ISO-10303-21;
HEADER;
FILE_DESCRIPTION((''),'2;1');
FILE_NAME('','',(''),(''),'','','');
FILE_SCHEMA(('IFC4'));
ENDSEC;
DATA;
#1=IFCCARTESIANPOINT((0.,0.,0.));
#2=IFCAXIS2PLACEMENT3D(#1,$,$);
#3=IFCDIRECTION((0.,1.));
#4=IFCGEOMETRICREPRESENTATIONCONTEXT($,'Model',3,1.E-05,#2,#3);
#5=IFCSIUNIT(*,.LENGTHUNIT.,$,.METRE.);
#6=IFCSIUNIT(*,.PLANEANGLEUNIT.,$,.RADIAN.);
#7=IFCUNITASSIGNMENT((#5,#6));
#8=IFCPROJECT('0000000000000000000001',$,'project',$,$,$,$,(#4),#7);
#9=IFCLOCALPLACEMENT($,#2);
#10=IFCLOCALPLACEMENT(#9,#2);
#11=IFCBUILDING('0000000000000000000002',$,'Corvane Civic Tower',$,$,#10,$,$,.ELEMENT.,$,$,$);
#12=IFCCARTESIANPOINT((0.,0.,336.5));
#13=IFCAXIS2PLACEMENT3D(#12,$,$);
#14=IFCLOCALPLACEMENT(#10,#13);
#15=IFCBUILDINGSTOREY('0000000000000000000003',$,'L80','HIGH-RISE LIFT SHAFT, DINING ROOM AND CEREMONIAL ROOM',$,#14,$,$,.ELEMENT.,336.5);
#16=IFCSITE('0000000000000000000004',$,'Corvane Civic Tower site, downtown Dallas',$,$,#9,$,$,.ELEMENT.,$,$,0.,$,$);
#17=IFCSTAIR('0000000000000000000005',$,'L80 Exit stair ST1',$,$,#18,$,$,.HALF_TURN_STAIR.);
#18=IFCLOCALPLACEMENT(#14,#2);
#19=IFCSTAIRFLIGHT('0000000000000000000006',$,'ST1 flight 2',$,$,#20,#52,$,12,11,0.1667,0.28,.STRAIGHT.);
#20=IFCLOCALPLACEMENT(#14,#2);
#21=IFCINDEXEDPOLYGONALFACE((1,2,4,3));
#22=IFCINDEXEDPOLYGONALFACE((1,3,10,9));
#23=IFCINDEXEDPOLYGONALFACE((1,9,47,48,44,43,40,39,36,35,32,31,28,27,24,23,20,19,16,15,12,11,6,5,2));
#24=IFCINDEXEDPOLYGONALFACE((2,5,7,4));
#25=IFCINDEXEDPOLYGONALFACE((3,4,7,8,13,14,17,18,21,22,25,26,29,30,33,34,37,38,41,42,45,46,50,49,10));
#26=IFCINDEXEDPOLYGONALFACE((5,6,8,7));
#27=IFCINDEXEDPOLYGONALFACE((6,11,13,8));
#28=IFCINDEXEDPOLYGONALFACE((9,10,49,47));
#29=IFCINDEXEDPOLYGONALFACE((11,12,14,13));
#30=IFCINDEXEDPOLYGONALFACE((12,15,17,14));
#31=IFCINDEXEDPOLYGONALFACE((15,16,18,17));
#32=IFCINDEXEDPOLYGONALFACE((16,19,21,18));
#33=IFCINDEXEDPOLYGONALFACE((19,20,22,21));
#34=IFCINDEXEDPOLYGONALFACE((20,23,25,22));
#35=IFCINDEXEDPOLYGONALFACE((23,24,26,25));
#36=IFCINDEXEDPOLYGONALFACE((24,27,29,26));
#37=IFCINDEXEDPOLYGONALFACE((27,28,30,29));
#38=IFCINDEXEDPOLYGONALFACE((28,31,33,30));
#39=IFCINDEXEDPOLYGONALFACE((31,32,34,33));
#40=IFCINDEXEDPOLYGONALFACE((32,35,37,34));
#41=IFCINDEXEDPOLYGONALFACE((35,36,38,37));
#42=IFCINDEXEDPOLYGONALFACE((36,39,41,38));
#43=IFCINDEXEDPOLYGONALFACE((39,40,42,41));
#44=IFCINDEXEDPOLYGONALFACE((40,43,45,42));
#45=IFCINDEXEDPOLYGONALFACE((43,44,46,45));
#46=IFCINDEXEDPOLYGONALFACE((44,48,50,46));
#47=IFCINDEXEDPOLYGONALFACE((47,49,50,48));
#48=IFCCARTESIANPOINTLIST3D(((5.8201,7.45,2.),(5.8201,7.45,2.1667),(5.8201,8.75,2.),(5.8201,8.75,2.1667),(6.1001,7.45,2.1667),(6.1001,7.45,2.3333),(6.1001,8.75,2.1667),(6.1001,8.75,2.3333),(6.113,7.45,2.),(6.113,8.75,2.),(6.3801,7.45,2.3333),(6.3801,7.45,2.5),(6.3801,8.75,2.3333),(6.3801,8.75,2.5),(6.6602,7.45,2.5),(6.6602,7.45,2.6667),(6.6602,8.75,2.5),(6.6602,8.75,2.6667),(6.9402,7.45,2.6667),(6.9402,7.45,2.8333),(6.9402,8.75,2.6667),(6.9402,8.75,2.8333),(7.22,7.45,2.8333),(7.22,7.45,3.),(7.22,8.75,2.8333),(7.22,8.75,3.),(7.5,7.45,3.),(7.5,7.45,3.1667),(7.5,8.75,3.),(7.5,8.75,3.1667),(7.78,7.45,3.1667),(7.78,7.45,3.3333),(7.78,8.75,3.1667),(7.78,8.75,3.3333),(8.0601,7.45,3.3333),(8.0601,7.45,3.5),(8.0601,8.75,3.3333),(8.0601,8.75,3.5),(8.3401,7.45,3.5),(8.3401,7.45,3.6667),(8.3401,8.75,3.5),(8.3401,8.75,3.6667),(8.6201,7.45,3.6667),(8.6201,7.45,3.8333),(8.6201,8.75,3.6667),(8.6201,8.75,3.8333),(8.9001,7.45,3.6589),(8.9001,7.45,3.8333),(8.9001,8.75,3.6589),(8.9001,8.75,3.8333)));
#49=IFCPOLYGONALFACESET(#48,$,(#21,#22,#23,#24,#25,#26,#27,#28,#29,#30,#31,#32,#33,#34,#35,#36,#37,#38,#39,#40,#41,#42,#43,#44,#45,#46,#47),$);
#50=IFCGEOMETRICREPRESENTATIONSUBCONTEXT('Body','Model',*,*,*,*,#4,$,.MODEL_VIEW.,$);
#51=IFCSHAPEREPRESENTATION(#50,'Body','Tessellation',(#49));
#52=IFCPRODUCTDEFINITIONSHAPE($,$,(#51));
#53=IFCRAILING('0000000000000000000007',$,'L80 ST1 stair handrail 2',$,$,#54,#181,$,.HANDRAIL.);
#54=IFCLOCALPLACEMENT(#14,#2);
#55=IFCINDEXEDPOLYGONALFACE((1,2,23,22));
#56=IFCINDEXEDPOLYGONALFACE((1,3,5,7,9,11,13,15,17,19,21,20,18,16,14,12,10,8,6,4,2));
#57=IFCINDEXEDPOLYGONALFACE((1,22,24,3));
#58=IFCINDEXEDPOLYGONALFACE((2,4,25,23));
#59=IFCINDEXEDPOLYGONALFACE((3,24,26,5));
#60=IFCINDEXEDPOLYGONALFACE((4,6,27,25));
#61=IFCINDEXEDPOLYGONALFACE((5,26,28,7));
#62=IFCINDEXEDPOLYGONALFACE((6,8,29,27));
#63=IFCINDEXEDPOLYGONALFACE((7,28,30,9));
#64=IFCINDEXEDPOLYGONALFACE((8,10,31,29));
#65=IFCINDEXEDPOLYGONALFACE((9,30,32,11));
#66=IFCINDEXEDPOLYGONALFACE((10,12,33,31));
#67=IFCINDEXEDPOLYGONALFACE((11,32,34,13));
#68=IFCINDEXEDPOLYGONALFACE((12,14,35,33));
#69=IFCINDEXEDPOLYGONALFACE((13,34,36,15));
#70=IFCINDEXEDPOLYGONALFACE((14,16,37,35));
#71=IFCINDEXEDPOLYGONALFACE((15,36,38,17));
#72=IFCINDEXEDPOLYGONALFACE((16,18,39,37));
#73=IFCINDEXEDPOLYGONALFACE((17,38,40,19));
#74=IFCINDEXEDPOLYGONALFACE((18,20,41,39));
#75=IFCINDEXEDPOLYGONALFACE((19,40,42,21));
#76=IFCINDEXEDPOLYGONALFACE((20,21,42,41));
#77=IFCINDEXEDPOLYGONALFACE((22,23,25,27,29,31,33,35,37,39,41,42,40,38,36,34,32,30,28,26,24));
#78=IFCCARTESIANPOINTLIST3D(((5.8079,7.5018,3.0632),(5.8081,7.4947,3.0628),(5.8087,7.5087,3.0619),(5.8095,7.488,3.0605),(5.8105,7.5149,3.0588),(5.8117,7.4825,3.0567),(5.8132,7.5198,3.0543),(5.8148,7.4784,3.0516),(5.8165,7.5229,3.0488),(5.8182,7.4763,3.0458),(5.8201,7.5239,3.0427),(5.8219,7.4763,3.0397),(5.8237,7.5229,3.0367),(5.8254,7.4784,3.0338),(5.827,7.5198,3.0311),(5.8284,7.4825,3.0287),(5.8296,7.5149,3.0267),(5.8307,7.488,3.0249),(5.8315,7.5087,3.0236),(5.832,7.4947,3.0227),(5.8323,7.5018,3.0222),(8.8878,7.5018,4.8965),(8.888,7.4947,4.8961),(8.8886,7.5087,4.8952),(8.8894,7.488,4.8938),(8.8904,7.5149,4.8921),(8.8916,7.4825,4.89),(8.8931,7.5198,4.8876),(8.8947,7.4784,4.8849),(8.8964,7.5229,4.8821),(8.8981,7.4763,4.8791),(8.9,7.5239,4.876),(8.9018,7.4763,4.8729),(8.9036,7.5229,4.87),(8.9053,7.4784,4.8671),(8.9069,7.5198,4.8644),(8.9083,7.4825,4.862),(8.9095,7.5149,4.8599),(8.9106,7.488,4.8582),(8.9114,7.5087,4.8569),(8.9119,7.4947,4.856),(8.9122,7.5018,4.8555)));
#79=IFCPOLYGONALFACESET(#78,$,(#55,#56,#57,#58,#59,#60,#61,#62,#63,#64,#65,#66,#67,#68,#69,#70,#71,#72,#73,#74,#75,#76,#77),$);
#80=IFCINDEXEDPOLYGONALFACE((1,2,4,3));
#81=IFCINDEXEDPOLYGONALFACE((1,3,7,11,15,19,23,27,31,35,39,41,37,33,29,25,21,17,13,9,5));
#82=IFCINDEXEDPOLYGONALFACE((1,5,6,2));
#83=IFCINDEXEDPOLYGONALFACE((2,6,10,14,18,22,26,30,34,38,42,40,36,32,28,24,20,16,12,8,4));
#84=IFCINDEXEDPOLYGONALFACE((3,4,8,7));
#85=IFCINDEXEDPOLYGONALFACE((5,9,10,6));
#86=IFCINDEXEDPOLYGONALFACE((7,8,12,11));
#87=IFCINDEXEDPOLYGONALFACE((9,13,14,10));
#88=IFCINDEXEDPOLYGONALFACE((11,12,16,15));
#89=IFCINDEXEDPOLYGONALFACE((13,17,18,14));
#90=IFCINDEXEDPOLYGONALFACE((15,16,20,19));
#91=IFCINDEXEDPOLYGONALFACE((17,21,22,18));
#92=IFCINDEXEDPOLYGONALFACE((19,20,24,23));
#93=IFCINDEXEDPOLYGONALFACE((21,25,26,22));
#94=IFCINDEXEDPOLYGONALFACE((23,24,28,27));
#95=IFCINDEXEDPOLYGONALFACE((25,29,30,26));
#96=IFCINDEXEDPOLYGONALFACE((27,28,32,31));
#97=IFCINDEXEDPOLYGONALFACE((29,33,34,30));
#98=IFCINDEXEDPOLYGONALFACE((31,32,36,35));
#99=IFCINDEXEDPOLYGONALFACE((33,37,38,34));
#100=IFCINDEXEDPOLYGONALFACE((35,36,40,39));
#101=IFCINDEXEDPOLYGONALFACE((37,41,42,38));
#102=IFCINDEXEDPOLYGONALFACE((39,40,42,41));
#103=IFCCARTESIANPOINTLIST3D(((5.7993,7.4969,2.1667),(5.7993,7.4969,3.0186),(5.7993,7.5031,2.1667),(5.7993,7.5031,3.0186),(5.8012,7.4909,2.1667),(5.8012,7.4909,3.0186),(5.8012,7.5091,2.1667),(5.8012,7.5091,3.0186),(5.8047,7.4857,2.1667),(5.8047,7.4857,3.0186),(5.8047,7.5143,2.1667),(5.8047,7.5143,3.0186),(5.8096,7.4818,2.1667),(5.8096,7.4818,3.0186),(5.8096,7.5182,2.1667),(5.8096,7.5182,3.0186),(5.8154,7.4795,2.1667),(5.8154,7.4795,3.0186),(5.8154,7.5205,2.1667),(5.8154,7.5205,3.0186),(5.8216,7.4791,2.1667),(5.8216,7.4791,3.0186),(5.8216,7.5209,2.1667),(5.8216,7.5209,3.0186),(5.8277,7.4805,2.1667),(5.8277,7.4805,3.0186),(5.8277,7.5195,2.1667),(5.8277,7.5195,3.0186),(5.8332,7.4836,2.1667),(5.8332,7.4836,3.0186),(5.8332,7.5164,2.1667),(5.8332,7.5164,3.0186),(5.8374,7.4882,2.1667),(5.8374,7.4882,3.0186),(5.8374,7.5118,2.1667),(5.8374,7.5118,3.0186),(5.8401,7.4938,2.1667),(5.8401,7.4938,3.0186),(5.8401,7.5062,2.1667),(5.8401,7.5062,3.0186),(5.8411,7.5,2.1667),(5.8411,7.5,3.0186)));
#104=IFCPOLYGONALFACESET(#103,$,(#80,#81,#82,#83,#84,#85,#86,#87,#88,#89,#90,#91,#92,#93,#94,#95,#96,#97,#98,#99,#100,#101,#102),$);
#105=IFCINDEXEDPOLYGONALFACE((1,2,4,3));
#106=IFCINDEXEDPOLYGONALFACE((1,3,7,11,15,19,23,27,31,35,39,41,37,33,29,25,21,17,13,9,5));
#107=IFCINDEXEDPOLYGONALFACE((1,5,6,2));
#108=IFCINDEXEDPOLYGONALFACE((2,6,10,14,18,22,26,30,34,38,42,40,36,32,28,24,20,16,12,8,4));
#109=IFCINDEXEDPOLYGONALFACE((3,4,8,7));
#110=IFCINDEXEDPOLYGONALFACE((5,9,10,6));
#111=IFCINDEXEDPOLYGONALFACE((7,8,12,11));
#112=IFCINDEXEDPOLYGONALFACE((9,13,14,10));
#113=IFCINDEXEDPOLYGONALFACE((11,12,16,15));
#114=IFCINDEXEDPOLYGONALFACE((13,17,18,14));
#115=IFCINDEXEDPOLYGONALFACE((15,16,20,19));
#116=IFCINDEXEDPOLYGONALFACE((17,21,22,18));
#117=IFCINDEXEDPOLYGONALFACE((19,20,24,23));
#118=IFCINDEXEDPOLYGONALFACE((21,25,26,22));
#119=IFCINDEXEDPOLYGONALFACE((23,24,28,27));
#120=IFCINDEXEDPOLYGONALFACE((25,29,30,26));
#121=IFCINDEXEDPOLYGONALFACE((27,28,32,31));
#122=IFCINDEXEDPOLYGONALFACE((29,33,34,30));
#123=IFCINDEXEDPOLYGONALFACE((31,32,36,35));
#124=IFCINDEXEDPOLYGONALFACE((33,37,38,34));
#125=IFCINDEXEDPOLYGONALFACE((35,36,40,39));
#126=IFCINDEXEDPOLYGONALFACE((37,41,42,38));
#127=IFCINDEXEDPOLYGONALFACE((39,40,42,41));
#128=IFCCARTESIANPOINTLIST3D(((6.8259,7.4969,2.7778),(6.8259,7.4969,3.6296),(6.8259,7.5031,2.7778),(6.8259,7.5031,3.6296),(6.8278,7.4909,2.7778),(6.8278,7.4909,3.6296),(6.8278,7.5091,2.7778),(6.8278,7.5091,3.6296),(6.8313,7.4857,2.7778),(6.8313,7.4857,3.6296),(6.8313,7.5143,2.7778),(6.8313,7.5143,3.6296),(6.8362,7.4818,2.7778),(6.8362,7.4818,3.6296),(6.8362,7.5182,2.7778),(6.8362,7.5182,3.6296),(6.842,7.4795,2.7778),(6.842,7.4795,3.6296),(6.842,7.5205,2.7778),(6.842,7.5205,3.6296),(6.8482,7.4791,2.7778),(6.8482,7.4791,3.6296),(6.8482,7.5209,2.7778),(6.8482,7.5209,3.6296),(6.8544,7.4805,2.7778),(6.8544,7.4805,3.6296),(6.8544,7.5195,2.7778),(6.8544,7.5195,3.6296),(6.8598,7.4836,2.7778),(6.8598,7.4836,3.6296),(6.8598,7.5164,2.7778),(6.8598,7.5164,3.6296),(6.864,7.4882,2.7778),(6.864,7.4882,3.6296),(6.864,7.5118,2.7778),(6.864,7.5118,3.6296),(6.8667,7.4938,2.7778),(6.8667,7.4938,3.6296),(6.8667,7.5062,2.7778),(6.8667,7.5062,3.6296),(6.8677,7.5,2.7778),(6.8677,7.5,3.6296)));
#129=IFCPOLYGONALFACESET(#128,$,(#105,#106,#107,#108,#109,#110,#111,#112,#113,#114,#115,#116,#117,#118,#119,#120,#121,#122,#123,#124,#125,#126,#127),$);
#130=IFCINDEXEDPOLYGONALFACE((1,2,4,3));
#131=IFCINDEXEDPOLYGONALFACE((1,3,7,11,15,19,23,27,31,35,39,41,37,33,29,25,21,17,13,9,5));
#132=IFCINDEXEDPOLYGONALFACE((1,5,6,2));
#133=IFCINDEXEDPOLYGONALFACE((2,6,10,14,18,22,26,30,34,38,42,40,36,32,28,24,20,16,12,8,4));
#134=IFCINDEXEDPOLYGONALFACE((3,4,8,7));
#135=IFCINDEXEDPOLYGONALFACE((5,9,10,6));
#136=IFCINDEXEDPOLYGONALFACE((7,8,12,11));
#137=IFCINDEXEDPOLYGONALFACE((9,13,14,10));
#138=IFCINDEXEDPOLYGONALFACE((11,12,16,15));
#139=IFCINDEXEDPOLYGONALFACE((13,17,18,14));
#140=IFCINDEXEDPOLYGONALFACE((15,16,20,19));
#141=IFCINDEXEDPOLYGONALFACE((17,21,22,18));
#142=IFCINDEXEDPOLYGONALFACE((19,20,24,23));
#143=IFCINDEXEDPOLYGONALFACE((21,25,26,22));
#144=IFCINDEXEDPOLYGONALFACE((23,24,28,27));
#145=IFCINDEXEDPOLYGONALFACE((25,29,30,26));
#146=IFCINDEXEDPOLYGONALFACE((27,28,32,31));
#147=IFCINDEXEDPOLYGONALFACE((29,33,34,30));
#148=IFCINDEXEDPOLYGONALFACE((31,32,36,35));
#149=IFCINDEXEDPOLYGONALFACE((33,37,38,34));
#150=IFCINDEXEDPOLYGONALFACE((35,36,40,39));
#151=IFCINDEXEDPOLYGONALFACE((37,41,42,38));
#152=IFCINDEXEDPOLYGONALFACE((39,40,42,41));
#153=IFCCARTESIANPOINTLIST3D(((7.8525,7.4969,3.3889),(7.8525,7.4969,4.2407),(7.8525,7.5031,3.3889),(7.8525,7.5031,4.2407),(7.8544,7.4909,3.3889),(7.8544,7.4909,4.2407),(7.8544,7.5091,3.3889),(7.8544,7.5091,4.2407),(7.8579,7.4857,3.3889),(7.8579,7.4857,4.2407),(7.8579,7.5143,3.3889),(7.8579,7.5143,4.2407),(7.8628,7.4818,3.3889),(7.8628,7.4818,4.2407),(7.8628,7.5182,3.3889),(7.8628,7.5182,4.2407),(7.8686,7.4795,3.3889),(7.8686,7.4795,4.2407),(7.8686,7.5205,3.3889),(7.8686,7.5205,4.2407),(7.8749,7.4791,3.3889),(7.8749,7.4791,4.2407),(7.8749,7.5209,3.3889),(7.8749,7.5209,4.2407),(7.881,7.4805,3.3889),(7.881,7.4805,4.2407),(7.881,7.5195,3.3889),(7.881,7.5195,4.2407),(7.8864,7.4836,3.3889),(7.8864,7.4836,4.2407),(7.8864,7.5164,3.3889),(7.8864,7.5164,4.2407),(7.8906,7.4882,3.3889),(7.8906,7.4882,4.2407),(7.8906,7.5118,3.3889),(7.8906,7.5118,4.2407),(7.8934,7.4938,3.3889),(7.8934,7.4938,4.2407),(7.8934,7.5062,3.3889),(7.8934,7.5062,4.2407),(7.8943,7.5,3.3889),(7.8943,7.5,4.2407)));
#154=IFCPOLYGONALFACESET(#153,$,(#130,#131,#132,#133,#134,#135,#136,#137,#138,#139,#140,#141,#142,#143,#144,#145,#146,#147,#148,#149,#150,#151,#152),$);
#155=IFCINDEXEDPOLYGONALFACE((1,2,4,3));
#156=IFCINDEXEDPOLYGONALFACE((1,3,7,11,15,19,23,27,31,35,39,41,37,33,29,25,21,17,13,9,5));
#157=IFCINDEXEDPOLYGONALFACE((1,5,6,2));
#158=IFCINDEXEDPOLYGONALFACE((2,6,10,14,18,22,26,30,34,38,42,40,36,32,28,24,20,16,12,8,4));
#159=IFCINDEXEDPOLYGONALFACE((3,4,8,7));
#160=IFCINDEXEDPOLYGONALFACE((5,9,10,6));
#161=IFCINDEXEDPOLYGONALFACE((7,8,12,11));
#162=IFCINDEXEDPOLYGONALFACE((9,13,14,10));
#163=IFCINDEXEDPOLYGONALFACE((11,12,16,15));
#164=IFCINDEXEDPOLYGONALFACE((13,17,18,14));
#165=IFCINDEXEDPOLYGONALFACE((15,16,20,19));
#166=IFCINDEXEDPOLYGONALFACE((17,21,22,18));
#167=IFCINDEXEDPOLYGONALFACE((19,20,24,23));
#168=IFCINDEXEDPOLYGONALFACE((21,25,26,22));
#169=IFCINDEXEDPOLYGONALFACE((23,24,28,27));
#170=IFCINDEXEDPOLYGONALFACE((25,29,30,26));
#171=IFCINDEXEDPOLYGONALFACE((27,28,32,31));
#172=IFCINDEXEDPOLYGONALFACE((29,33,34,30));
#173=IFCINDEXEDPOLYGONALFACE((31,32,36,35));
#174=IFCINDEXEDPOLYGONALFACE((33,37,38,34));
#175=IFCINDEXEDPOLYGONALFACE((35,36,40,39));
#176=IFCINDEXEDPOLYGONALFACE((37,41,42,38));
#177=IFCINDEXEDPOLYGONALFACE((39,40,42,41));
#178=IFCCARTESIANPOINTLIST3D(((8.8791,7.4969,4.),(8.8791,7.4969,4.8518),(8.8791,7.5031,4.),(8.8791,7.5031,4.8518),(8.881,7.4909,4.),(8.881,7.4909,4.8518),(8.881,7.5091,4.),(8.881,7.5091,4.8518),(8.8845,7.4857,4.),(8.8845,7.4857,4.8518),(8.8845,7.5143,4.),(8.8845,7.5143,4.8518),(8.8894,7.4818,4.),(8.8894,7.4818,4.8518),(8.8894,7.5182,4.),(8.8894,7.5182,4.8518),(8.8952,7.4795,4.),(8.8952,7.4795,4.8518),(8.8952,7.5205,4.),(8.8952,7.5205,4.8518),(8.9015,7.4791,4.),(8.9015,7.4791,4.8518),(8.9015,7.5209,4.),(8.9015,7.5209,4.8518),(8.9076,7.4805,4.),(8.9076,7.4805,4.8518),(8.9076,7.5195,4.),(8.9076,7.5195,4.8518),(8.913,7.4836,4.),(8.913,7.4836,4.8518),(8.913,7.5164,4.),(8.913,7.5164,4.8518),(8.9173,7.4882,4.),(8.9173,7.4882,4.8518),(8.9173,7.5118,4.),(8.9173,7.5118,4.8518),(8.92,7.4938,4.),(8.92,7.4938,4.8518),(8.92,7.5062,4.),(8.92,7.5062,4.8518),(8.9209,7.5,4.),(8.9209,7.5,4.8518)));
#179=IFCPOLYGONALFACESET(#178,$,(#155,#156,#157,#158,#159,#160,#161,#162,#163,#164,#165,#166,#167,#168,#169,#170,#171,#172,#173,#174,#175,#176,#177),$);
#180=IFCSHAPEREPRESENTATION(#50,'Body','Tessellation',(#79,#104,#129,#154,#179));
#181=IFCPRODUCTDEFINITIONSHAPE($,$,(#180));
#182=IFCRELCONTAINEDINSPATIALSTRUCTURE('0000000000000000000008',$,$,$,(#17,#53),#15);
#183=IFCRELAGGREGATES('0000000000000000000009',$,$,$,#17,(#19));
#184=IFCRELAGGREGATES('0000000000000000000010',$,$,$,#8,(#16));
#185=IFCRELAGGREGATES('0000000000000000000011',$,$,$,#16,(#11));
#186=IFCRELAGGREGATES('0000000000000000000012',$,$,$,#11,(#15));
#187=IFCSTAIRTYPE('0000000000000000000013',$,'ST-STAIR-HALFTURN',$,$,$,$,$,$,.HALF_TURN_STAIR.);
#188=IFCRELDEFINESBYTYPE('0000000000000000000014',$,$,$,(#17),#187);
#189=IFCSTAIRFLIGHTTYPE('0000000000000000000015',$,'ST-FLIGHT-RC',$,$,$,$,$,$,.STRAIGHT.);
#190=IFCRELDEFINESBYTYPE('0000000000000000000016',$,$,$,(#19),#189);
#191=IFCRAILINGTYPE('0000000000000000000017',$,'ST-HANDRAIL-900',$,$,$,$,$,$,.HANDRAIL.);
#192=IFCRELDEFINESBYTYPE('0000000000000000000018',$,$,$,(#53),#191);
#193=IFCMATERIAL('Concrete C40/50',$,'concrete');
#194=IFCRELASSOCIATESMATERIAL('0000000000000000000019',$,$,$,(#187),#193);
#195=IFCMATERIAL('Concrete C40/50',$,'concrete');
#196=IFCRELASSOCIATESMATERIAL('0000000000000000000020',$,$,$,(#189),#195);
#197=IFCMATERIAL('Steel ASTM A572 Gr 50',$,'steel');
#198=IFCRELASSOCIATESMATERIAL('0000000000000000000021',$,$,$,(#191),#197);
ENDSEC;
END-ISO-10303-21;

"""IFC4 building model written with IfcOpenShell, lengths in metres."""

from ifc_helpers import new_model, si_unit, direction, frame, origin, origin_2d, place, context, subcontext, project, spatial, polyline, circle, outline, extrude, material, type_object, element, aggregate, save


model = new_model("IFC4")

# Units and contexts
model_context = context("Model", 3, precision=1e-05, world=origin(), true_north=direction((0.0, 1.0)))
body_context = subcontext(model_context, "Body", "Model", "MODEL_VIEW")
ifc_project = project(units=[si_unit("LENGTHUNIT", "METRE"), si_unit("PLANEANGLEUNIT", "RADIAN")], contexts=[model_context])

# Site, building, storey
site_placement = place(None, origin())
site = spatial("IfcSite", under=ifc_project, at=site_placement, Name="Corvane Civic Tower site, downtown Dallas", CompositionType="ELEMENT", RefElevation=0.0)
building_placement = place(site_placement, origin())
building = spatial("IfcBuilding", under=site, at=building_placement, Name="Corvane Civic Tower", CompositionType="ELEMENT")
storey_placement = place(building_placement, frame((0.0, 0.0, 336.5)))
storey = spatial("IfcBuildingStorey", under=building, at=storey_placement, Name="L80", Description="HIGH-RISE LIFT SHAFT, DINING ROOM AND CEREMONIAL ROOM", CompositionType="ELEMENT", Elevation=336.5)

# Stair, stair flight
ifc_material_1 = material(Name="Concrete C40/50", Category="concrete")
stair_type = type_object("IfcStairType", Name="ST-STAIR-HALFTURN", PredefinedType="HALF_TURN_STAIR", material=ifc_material_1)
stair_placement = place(storey_placement, origin())
stair = element("IfcStair", 1, at=stair_placement, inside=storey, type_object=stair_type, Name="L80 Exit stair ST1", PredefinedType="HALF_TURN_STAIR")
ifc_material_2 = material(Name="Concrete C40/50", Category="concrete")
stair_flight_type = type_object("IfcStairFlightType", Name="ST-FLIGHT-RC", PredefinedType="STRAIGHT", material=ifc_material_2)
stair_flight_placement = place(storey_placement, frame((5.8201, 8.1001, 2.0), z_axis=(0.0, 0.0, 1.0), x_axis=(1.0, 0.0, 0.0)))
stair_flight = element("IfcStairFlight", 2, at=stair_flight_placement, type_object=stair_flight_type, Name="ST1 flight 2", NumberOfRisers=12, NumberOfTreads=11, PredefinedType="STRAIGHT", RiserHeight=0.1667, TreadLength=0.28, context=body_context, shape_type="SweptSolid", body=[
    extrude(outline(polyline([(0.0, 0.0), (0.0, 0.1667), (0.28, 0.1667), (0.28, 0.3333), (0.5601, 0.3333), (0.5601, 0.5), (0.8401, 0.5), (0.8401, 0.6667), (1.1201, 0.6667), (1.1201, 0.8333), (1.3999, 0.8333), (1.3999, 1.0), (1.6799, 1.0), (1.6799, 1.1667), (1.96, 1.1667), (1.96, 1.3333), (2.24, 1.3333), (2.24, 1.5), (2.52, 1.5), (2.52, 1.6667), (2.8, 1.6667), (2.8, 1.8333), (3.0801, 1.8333), (3.0801, 2.0), (3.0801, 1.6589), (0.293, 0.0), (0.0, 0.0)])), frame((0.0, 0.6499, 0.0), z_axis=(0.0, -1.0, 0.0), x_axis=(1.0, 0.0, 0.0)), (0.0, 0.0, 1.0), 1.3),
])
aggregate(stair, [stair_flight])

# Railing
ifc_material_3 = material(Name="Steel ASTM A572 Gr 50", Category="steel")
railing_type = type_object("IfcRailingType", Name="ST-HANDRAIL-900", PredefinedType="HANDRAIL", material=ifc_material_3)
railing_placement = place(storey_placement, frame((5.8201, 7.5, 2.1667)))
element("IfcRailing", 3, at=railing_placement, inside=storey, type_object=railing_type, Name="L80 ST1 stair handrail 2", PredefinedType="HANDRAIL", context=body_context, shape_type="SweptSolid", body=[
    extrude(circle(Radius=0.0239, at=origin_2d()), frame((0.0, 0.0, 0.876), z_axis=(0.859291, 0.0, 0.511487), x_axis=(0.0, 1.0, 0.0)), (0.0, 0.0, 1.0), 3.5842),
    extrude(circle(Radius=0.021, at=origin_2d()), origin(), (0.0, 0.0, 1.0), 0.8518),
    extrude(circle(Radius=0.021, at=origin_2d()), frame((1.0266, 0.0, 0.6111)), (0.0, 0.0, 1.0), 0.8518),
    extrude(circle(Radius=0.021, at=origin_2d()), frame((2.0532, 0.0, 1.2222)), (0.0, 0.0, 1.0), 0.8518),
    extrude(circle(Radius=0.021, at=origin_2d()), frame((3.0798, 0.0, 1.8333)), (0.0, 0.0, 1.0), 0.8518),
])

save(model, "model.ifc")
